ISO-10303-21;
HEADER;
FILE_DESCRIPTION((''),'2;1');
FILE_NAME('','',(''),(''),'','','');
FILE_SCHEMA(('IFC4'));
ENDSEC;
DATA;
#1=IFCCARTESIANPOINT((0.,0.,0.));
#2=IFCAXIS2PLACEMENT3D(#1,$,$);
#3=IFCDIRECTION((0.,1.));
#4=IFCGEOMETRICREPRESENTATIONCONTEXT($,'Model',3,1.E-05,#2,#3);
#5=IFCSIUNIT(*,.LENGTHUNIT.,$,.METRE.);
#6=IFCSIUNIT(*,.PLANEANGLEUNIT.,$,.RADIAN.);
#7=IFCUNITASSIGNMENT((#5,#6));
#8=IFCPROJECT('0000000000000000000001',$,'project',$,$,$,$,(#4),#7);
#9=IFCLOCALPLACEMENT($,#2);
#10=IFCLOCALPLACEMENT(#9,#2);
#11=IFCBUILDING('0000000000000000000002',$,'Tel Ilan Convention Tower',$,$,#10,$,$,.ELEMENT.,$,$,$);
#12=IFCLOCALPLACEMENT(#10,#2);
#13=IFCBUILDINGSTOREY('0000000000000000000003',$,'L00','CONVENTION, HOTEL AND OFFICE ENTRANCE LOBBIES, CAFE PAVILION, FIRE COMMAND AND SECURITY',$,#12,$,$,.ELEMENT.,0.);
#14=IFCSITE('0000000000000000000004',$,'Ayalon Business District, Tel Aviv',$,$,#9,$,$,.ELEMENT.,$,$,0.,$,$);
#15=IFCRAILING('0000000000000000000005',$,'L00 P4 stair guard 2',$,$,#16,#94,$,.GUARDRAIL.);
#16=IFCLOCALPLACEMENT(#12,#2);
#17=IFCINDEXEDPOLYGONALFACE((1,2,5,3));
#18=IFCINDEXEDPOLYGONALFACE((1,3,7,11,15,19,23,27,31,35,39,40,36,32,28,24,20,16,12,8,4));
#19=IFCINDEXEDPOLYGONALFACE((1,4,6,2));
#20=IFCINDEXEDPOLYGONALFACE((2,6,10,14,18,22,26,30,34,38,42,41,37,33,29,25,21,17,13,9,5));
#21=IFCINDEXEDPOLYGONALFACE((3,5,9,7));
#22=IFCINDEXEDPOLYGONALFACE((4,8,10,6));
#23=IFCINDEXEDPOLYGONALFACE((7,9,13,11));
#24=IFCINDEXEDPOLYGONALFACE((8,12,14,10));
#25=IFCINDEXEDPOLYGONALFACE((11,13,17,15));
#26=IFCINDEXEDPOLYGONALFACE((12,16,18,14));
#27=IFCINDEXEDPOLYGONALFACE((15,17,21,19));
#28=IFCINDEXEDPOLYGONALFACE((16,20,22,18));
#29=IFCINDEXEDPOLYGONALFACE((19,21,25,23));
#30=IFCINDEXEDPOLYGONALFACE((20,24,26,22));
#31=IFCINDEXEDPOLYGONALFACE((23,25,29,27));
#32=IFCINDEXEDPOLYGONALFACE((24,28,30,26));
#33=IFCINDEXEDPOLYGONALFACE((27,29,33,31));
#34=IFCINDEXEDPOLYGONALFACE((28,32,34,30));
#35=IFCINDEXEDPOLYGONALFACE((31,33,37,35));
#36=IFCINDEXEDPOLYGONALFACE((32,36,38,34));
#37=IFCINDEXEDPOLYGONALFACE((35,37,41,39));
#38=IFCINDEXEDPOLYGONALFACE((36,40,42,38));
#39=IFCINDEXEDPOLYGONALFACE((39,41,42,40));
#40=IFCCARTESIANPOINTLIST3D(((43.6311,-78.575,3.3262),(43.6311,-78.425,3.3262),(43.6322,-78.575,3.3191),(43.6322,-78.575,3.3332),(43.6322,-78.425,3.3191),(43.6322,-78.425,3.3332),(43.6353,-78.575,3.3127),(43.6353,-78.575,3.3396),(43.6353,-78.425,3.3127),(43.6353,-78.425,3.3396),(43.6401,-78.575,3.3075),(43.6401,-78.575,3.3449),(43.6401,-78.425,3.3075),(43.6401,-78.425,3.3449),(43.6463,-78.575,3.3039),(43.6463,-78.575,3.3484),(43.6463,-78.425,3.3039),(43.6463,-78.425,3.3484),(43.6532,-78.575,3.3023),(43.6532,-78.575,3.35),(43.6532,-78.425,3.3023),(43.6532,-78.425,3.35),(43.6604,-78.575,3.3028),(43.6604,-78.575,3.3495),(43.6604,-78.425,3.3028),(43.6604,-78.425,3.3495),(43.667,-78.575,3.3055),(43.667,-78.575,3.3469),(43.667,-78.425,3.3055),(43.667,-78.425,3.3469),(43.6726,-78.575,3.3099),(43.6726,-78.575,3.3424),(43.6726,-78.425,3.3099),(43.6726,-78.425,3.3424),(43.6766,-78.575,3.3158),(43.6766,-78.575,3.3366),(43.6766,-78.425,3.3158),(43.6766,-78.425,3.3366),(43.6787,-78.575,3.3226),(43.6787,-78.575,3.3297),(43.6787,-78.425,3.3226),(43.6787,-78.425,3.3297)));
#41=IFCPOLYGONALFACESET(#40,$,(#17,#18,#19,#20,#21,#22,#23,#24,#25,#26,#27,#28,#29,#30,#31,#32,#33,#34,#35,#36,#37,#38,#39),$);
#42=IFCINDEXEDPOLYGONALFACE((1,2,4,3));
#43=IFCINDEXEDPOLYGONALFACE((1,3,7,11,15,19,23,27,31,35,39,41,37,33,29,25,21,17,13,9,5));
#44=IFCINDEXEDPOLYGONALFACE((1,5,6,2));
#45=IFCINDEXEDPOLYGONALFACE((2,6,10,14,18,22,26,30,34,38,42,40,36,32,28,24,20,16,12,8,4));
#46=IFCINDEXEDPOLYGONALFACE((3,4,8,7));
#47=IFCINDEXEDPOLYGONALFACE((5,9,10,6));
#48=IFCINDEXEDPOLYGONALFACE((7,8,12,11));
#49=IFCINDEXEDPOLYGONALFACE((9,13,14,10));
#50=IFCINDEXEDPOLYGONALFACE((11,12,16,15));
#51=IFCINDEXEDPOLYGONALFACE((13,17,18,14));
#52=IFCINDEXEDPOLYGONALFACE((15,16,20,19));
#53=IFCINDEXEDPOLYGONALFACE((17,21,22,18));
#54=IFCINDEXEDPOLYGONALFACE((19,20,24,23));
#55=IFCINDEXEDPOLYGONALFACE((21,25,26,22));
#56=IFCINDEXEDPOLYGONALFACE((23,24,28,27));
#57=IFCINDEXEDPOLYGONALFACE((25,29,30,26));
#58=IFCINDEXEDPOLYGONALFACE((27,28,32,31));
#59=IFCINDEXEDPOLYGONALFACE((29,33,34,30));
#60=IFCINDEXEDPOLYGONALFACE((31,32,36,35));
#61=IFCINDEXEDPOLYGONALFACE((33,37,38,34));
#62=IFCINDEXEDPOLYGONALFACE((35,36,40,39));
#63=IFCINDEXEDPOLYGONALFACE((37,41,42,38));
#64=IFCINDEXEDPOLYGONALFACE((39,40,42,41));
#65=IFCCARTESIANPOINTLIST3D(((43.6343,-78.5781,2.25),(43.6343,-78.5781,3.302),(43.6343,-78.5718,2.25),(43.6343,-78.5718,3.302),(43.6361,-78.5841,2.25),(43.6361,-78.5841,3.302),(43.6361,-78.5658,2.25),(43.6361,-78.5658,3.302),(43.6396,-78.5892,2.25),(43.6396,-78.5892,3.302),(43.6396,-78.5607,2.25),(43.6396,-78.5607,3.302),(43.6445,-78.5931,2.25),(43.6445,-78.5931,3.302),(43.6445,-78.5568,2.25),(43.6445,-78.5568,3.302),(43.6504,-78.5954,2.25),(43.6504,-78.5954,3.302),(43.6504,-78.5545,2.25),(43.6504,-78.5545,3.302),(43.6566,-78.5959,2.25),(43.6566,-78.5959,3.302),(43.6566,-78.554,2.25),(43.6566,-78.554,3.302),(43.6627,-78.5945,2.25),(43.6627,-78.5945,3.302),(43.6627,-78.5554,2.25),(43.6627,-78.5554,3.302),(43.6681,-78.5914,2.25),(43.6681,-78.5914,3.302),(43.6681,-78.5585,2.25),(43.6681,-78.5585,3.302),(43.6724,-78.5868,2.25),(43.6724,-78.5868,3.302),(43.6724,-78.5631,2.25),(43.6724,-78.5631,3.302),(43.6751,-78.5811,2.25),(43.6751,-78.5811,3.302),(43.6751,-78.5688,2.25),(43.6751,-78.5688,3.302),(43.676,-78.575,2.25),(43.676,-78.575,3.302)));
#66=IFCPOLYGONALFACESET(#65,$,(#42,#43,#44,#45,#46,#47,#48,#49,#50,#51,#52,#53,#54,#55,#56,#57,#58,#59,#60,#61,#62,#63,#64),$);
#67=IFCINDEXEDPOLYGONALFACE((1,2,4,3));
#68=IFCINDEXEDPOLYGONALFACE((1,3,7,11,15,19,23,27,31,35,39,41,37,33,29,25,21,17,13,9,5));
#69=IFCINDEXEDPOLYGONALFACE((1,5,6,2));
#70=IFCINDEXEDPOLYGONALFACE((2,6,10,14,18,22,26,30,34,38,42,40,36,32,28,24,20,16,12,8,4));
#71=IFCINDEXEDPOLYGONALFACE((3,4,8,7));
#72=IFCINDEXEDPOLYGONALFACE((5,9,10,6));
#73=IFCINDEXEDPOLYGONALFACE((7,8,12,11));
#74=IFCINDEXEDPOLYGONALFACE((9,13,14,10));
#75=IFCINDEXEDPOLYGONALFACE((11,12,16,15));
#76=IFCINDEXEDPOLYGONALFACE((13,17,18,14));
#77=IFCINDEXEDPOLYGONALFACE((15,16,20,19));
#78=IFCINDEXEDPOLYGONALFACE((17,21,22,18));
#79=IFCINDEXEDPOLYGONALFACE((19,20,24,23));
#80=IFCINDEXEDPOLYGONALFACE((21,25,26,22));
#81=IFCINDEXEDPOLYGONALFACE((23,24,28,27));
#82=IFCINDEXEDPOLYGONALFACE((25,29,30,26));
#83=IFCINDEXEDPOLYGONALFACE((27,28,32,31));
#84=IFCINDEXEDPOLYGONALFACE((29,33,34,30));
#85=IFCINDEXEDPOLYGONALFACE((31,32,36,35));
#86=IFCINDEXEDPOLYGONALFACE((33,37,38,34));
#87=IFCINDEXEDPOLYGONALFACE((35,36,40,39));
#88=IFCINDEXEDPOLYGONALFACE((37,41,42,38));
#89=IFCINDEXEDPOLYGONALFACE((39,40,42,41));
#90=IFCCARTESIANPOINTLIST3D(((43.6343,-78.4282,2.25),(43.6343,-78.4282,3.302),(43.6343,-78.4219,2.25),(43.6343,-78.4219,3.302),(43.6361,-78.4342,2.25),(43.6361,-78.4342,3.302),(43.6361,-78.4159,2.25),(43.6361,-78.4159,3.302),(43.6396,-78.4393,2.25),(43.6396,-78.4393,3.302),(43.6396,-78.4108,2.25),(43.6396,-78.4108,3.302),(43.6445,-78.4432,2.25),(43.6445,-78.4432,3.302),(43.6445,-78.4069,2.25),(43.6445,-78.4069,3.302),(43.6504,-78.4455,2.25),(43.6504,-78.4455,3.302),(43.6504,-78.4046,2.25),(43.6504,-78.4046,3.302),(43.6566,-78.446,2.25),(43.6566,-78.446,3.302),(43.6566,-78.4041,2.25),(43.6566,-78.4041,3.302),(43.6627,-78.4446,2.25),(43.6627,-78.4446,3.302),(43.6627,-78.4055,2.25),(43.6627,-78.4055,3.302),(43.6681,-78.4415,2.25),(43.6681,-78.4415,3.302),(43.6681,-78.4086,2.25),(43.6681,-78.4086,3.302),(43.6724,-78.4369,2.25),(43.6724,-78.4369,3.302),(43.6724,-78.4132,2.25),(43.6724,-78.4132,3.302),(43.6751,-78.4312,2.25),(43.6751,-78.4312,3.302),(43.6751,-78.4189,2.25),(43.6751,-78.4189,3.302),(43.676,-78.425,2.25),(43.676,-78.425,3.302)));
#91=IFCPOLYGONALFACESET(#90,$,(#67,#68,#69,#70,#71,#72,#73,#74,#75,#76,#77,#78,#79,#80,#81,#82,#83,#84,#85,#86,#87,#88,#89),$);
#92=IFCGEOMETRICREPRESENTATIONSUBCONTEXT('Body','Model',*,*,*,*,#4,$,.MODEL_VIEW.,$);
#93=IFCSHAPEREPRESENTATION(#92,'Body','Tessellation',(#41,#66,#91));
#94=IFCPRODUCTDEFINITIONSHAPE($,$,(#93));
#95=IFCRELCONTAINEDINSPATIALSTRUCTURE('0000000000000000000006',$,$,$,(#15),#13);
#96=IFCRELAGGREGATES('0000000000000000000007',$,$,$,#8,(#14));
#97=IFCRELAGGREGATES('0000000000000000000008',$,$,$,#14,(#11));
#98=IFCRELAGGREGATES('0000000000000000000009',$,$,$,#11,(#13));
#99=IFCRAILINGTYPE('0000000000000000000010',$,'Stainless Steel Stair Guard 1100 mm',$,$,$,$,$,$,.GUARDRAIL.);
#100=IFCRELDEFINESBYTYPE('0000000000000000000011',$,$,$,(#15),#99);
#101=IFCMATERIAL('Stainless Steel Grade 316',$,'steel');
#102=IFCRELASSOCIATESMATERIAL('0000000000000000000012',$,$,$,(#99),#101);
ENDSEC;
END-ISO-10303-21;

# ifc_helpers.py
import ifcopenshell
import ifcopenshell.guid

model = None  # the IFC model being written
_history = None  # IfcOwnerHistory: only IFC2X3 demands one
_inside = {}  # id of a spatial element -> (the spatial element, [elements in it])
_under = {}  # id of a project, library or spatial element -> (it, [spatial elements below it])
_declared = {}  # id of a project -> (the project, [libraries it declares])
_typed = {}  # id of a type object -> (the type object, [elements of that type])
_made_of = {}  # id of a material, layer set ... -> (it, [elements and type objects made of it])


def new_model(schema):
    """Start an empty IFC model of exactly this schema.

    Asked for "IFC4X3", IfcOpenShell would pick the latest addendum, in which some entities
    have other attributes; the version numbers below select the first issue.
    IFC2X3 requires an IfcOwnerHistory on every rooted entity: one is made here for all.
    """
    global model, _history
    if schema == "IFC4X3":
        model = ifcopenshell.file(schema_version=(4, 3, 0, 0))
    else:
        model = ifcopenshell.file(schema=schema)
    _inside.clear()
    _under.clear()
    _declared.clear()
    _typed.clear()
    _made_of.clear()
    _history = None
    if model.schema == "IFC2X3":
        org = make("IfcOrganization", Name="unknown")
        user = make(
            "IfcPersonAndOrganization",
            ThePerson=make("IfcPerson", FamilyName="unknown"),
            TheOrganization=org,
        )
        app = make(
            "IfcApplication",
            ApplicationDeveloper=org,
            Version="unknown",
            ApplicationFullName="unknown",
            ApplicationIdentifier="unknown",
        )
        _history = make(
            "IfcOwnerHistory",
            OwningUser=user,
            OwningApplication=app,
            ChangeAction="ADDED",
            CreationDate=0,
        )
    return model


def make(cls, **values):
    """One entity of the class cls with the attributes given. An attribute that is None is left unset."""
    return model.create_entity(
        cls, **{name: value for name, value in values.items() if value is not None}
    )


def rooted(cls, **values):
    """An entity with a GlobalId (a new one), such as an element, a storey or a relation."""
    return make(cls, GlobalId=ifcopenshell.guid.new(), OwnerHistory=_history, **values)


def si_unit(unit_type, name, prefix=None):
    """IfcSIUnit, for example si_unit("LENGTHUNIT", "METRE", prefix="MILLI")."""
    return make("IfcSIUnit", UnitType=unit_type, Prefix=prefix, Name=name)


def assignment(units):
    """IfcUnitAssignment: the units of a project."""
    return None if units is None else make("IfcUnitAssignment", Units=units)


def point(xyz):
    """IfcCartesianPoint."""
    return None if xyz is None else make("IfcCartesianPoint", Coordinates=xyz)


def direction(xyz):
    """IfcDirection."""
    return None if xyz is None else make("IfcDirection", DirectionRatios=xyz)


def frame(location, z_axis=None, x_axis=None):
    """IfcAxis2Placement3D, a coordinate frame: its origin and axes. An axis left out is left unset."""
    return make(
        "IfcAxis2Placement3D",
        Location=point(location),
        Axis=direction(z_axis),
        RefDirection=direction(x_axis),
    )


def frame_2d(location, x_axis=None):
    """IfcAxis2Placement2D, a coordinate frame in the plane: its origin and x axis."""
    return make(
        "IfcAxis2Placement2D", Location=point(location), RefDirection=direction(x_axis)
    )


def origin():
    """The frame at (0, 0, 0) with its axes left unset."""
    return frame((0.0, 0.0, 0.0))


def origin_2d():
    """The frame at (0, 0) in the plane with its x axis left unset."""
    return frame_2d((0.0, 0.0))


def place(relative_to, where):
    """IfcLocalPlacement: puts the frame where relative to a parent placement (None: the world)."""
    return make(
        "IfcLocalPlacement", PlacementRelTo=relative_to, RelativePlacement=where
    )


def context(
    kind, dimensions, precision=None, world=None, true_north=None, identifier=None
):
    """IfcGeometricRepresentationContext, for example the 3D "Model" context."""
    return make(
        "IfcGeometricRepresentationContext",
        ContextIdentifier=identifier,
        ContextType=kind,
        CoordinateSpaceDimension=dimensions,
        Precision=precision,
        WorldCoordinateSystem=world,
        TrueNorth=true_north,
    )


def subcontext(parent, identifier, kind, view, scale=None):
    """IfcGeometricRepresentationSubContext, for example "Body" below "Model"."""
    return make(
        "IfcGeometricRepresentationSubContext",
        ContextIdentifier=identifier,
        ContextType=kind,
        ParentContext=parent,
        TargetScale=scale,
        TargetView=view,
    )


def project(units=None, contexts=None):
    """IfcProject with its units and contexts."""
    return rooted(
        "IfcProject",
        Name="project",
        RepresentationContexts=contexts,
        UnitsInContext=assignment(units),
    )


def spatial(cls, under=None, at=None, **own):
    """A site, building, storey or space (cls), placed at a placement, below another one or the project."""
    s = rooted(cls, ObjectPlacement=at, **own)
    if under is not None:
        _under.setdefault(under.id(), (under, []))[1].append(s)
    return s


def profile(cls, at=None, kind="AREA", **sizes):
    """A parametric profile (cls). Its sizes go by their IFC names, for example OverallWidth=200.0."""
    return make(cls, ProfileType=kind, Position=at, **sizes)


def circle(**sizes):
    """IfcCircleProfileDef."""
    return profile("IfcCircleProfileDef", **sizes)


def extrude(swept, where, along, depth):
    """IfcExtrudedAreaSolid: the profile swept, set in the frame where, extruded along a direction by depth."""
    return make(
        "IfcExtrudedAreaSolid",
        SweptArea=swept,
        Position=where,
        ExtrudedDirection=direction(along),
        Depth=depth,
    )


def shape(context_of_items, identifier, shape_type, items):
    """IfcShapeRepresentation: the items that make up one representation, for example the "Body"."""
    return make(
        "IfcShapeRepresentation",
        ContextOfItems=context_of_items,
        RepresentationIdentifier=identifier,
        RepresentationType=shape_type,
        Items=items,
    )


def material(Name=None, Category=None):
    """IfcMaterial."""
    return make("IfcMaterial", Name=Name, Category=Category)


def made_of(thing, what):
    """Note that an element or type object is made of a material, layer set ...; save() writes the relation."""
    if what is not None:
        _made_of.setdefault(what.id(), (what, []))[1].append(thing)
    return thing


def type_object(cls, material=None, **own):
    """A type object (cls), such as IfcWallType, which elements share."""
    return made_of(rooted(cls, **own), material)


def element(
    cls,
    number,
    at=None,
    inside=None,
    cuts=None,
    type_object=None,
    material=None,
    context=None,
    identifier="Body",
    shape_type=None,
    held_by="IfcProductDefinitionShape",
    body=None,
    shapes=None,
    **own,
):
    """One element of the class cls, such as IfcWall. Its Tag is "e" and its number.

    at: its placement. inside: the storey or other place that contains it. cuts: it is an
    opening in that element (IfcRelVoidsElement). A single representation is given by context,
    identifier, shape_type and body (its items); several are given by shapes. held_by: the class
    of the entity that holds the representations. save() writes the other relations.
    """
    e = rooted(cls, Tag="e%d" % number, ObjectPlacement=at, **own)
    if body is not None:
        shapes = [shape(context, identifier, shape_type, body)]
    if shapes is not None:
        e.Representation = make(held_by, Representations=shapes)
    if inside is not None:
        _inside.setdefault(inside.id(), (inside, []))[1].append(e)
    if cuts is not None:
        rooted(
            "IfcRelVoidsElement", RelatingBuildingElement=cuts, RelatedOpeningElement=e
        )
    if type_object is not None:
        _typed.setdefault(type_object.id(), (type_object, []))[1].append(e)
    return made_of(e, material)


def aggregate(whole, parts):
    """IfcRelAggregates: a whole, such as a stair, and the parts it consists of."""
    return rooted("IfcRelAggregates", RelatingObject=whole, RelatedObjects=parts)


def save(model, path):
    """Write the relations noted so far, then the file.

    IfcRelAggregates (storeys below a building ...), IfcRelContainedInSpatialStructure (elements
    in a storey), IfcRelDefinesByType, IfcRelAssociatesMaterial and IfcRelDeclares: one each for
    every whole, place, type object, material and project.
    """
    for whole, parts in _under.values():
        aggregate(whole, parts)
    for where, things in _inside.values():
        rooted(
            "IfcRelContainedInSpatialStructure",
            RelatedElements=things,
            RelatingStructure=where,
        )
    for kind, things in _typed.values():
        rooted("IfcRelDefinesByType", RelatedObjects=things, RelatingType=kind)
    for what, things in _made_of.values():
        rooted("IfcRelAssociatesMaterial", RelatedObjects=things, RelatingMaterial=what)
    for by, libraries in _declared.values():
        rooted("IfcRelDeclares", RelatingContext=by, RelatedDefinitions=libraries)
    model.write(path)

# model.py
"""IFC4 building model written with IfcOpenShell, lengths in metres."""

from ifc_helpers import new_model, si_unit, direction, frame, origin, origin_2d, place, context, subcontext, project, spatial, circle, extrude, material, type_object, element, save


model = new_model("IFC4")

# Units and contexts
model_context = context("Model", 3, precision=1e-05, world=origin(), true_north=direction((0.0, 1.0)))
body_context = subcontext(model_context, "Body", "Model", "MODEL_VIEW")
ifc_project = project(units=[si_unit("LENGTHUNIT", "METRE"), si_unit("PLANEANGLEUNIT", "RADIAN")], contexts=[model_context])

# Site, building, storey
site_placement = place(None, origin())
site = spatial("IfcSite", under=ifc_project, at=site_placement, Name="Ayalon Business District, Tel Aviv", CompositionType="ELEMENT", RefElevation=0.0)
building_placement = place(site_placement, origin())
building = spatial("IfcBuilding", under=site, at=building_placement, Name="Tel Ilan Convention Tower", CompositionType="ELEMENT")
storey_placement = place(building_placement, origin())
storey = spatial("IfcBuildingStorey", under=building, at=storey_placement, Name="L00", Description="CONVENTION, HOTEL AND OFFICE ENTRANCE LOBBIES, CAFE PAVILION, FIRE COMMAND AND SECURITY", CompositionType="ELEMENT", Elevation=0.0)

# Railing
ifc_material_1 = material(Name="Stainless Steel Grade 316", Category="steel")
railing_type_1 = type_object("IfcRailingType", Name="Stainless Steel Stair Guard 1100 mm", PredefinedType="GUARDRAIL", material=ifc_material_1)
railing_1_placement = place(storey_placement, frame((43.655, -78.575, 2.25)))
element("IfcRailing", 1, at=railing_1_placement, inside=storey, type_object=railing_type_1, Name="L00 P4 stair guard 2", PredefinedType="GUARDRAIL", context=body_context, shape_type="SweptSolid", body=[
    extrude(circle(Radius=0.0239, at=origin_2d()), frame((0.0, 0.0, 1.0762), z_axis=(0.0, 1.0, 0.0), x_axis=(-1.0, 0.0, 0.0)), (0.0, 0.0, 1.0), 0.1499),
    extrude(circle(Radius=0.021, at=origin_2d()), origin(), (0.0, 0.0, 1.0), 1.052),
    extrude(circle(Radius=0.021, at=origin_2d()), frame((0.0, 0.1499, 0.0)), (0.0, 0.0, 1.0), 1.052),
])

save(model, "model.ifc")
